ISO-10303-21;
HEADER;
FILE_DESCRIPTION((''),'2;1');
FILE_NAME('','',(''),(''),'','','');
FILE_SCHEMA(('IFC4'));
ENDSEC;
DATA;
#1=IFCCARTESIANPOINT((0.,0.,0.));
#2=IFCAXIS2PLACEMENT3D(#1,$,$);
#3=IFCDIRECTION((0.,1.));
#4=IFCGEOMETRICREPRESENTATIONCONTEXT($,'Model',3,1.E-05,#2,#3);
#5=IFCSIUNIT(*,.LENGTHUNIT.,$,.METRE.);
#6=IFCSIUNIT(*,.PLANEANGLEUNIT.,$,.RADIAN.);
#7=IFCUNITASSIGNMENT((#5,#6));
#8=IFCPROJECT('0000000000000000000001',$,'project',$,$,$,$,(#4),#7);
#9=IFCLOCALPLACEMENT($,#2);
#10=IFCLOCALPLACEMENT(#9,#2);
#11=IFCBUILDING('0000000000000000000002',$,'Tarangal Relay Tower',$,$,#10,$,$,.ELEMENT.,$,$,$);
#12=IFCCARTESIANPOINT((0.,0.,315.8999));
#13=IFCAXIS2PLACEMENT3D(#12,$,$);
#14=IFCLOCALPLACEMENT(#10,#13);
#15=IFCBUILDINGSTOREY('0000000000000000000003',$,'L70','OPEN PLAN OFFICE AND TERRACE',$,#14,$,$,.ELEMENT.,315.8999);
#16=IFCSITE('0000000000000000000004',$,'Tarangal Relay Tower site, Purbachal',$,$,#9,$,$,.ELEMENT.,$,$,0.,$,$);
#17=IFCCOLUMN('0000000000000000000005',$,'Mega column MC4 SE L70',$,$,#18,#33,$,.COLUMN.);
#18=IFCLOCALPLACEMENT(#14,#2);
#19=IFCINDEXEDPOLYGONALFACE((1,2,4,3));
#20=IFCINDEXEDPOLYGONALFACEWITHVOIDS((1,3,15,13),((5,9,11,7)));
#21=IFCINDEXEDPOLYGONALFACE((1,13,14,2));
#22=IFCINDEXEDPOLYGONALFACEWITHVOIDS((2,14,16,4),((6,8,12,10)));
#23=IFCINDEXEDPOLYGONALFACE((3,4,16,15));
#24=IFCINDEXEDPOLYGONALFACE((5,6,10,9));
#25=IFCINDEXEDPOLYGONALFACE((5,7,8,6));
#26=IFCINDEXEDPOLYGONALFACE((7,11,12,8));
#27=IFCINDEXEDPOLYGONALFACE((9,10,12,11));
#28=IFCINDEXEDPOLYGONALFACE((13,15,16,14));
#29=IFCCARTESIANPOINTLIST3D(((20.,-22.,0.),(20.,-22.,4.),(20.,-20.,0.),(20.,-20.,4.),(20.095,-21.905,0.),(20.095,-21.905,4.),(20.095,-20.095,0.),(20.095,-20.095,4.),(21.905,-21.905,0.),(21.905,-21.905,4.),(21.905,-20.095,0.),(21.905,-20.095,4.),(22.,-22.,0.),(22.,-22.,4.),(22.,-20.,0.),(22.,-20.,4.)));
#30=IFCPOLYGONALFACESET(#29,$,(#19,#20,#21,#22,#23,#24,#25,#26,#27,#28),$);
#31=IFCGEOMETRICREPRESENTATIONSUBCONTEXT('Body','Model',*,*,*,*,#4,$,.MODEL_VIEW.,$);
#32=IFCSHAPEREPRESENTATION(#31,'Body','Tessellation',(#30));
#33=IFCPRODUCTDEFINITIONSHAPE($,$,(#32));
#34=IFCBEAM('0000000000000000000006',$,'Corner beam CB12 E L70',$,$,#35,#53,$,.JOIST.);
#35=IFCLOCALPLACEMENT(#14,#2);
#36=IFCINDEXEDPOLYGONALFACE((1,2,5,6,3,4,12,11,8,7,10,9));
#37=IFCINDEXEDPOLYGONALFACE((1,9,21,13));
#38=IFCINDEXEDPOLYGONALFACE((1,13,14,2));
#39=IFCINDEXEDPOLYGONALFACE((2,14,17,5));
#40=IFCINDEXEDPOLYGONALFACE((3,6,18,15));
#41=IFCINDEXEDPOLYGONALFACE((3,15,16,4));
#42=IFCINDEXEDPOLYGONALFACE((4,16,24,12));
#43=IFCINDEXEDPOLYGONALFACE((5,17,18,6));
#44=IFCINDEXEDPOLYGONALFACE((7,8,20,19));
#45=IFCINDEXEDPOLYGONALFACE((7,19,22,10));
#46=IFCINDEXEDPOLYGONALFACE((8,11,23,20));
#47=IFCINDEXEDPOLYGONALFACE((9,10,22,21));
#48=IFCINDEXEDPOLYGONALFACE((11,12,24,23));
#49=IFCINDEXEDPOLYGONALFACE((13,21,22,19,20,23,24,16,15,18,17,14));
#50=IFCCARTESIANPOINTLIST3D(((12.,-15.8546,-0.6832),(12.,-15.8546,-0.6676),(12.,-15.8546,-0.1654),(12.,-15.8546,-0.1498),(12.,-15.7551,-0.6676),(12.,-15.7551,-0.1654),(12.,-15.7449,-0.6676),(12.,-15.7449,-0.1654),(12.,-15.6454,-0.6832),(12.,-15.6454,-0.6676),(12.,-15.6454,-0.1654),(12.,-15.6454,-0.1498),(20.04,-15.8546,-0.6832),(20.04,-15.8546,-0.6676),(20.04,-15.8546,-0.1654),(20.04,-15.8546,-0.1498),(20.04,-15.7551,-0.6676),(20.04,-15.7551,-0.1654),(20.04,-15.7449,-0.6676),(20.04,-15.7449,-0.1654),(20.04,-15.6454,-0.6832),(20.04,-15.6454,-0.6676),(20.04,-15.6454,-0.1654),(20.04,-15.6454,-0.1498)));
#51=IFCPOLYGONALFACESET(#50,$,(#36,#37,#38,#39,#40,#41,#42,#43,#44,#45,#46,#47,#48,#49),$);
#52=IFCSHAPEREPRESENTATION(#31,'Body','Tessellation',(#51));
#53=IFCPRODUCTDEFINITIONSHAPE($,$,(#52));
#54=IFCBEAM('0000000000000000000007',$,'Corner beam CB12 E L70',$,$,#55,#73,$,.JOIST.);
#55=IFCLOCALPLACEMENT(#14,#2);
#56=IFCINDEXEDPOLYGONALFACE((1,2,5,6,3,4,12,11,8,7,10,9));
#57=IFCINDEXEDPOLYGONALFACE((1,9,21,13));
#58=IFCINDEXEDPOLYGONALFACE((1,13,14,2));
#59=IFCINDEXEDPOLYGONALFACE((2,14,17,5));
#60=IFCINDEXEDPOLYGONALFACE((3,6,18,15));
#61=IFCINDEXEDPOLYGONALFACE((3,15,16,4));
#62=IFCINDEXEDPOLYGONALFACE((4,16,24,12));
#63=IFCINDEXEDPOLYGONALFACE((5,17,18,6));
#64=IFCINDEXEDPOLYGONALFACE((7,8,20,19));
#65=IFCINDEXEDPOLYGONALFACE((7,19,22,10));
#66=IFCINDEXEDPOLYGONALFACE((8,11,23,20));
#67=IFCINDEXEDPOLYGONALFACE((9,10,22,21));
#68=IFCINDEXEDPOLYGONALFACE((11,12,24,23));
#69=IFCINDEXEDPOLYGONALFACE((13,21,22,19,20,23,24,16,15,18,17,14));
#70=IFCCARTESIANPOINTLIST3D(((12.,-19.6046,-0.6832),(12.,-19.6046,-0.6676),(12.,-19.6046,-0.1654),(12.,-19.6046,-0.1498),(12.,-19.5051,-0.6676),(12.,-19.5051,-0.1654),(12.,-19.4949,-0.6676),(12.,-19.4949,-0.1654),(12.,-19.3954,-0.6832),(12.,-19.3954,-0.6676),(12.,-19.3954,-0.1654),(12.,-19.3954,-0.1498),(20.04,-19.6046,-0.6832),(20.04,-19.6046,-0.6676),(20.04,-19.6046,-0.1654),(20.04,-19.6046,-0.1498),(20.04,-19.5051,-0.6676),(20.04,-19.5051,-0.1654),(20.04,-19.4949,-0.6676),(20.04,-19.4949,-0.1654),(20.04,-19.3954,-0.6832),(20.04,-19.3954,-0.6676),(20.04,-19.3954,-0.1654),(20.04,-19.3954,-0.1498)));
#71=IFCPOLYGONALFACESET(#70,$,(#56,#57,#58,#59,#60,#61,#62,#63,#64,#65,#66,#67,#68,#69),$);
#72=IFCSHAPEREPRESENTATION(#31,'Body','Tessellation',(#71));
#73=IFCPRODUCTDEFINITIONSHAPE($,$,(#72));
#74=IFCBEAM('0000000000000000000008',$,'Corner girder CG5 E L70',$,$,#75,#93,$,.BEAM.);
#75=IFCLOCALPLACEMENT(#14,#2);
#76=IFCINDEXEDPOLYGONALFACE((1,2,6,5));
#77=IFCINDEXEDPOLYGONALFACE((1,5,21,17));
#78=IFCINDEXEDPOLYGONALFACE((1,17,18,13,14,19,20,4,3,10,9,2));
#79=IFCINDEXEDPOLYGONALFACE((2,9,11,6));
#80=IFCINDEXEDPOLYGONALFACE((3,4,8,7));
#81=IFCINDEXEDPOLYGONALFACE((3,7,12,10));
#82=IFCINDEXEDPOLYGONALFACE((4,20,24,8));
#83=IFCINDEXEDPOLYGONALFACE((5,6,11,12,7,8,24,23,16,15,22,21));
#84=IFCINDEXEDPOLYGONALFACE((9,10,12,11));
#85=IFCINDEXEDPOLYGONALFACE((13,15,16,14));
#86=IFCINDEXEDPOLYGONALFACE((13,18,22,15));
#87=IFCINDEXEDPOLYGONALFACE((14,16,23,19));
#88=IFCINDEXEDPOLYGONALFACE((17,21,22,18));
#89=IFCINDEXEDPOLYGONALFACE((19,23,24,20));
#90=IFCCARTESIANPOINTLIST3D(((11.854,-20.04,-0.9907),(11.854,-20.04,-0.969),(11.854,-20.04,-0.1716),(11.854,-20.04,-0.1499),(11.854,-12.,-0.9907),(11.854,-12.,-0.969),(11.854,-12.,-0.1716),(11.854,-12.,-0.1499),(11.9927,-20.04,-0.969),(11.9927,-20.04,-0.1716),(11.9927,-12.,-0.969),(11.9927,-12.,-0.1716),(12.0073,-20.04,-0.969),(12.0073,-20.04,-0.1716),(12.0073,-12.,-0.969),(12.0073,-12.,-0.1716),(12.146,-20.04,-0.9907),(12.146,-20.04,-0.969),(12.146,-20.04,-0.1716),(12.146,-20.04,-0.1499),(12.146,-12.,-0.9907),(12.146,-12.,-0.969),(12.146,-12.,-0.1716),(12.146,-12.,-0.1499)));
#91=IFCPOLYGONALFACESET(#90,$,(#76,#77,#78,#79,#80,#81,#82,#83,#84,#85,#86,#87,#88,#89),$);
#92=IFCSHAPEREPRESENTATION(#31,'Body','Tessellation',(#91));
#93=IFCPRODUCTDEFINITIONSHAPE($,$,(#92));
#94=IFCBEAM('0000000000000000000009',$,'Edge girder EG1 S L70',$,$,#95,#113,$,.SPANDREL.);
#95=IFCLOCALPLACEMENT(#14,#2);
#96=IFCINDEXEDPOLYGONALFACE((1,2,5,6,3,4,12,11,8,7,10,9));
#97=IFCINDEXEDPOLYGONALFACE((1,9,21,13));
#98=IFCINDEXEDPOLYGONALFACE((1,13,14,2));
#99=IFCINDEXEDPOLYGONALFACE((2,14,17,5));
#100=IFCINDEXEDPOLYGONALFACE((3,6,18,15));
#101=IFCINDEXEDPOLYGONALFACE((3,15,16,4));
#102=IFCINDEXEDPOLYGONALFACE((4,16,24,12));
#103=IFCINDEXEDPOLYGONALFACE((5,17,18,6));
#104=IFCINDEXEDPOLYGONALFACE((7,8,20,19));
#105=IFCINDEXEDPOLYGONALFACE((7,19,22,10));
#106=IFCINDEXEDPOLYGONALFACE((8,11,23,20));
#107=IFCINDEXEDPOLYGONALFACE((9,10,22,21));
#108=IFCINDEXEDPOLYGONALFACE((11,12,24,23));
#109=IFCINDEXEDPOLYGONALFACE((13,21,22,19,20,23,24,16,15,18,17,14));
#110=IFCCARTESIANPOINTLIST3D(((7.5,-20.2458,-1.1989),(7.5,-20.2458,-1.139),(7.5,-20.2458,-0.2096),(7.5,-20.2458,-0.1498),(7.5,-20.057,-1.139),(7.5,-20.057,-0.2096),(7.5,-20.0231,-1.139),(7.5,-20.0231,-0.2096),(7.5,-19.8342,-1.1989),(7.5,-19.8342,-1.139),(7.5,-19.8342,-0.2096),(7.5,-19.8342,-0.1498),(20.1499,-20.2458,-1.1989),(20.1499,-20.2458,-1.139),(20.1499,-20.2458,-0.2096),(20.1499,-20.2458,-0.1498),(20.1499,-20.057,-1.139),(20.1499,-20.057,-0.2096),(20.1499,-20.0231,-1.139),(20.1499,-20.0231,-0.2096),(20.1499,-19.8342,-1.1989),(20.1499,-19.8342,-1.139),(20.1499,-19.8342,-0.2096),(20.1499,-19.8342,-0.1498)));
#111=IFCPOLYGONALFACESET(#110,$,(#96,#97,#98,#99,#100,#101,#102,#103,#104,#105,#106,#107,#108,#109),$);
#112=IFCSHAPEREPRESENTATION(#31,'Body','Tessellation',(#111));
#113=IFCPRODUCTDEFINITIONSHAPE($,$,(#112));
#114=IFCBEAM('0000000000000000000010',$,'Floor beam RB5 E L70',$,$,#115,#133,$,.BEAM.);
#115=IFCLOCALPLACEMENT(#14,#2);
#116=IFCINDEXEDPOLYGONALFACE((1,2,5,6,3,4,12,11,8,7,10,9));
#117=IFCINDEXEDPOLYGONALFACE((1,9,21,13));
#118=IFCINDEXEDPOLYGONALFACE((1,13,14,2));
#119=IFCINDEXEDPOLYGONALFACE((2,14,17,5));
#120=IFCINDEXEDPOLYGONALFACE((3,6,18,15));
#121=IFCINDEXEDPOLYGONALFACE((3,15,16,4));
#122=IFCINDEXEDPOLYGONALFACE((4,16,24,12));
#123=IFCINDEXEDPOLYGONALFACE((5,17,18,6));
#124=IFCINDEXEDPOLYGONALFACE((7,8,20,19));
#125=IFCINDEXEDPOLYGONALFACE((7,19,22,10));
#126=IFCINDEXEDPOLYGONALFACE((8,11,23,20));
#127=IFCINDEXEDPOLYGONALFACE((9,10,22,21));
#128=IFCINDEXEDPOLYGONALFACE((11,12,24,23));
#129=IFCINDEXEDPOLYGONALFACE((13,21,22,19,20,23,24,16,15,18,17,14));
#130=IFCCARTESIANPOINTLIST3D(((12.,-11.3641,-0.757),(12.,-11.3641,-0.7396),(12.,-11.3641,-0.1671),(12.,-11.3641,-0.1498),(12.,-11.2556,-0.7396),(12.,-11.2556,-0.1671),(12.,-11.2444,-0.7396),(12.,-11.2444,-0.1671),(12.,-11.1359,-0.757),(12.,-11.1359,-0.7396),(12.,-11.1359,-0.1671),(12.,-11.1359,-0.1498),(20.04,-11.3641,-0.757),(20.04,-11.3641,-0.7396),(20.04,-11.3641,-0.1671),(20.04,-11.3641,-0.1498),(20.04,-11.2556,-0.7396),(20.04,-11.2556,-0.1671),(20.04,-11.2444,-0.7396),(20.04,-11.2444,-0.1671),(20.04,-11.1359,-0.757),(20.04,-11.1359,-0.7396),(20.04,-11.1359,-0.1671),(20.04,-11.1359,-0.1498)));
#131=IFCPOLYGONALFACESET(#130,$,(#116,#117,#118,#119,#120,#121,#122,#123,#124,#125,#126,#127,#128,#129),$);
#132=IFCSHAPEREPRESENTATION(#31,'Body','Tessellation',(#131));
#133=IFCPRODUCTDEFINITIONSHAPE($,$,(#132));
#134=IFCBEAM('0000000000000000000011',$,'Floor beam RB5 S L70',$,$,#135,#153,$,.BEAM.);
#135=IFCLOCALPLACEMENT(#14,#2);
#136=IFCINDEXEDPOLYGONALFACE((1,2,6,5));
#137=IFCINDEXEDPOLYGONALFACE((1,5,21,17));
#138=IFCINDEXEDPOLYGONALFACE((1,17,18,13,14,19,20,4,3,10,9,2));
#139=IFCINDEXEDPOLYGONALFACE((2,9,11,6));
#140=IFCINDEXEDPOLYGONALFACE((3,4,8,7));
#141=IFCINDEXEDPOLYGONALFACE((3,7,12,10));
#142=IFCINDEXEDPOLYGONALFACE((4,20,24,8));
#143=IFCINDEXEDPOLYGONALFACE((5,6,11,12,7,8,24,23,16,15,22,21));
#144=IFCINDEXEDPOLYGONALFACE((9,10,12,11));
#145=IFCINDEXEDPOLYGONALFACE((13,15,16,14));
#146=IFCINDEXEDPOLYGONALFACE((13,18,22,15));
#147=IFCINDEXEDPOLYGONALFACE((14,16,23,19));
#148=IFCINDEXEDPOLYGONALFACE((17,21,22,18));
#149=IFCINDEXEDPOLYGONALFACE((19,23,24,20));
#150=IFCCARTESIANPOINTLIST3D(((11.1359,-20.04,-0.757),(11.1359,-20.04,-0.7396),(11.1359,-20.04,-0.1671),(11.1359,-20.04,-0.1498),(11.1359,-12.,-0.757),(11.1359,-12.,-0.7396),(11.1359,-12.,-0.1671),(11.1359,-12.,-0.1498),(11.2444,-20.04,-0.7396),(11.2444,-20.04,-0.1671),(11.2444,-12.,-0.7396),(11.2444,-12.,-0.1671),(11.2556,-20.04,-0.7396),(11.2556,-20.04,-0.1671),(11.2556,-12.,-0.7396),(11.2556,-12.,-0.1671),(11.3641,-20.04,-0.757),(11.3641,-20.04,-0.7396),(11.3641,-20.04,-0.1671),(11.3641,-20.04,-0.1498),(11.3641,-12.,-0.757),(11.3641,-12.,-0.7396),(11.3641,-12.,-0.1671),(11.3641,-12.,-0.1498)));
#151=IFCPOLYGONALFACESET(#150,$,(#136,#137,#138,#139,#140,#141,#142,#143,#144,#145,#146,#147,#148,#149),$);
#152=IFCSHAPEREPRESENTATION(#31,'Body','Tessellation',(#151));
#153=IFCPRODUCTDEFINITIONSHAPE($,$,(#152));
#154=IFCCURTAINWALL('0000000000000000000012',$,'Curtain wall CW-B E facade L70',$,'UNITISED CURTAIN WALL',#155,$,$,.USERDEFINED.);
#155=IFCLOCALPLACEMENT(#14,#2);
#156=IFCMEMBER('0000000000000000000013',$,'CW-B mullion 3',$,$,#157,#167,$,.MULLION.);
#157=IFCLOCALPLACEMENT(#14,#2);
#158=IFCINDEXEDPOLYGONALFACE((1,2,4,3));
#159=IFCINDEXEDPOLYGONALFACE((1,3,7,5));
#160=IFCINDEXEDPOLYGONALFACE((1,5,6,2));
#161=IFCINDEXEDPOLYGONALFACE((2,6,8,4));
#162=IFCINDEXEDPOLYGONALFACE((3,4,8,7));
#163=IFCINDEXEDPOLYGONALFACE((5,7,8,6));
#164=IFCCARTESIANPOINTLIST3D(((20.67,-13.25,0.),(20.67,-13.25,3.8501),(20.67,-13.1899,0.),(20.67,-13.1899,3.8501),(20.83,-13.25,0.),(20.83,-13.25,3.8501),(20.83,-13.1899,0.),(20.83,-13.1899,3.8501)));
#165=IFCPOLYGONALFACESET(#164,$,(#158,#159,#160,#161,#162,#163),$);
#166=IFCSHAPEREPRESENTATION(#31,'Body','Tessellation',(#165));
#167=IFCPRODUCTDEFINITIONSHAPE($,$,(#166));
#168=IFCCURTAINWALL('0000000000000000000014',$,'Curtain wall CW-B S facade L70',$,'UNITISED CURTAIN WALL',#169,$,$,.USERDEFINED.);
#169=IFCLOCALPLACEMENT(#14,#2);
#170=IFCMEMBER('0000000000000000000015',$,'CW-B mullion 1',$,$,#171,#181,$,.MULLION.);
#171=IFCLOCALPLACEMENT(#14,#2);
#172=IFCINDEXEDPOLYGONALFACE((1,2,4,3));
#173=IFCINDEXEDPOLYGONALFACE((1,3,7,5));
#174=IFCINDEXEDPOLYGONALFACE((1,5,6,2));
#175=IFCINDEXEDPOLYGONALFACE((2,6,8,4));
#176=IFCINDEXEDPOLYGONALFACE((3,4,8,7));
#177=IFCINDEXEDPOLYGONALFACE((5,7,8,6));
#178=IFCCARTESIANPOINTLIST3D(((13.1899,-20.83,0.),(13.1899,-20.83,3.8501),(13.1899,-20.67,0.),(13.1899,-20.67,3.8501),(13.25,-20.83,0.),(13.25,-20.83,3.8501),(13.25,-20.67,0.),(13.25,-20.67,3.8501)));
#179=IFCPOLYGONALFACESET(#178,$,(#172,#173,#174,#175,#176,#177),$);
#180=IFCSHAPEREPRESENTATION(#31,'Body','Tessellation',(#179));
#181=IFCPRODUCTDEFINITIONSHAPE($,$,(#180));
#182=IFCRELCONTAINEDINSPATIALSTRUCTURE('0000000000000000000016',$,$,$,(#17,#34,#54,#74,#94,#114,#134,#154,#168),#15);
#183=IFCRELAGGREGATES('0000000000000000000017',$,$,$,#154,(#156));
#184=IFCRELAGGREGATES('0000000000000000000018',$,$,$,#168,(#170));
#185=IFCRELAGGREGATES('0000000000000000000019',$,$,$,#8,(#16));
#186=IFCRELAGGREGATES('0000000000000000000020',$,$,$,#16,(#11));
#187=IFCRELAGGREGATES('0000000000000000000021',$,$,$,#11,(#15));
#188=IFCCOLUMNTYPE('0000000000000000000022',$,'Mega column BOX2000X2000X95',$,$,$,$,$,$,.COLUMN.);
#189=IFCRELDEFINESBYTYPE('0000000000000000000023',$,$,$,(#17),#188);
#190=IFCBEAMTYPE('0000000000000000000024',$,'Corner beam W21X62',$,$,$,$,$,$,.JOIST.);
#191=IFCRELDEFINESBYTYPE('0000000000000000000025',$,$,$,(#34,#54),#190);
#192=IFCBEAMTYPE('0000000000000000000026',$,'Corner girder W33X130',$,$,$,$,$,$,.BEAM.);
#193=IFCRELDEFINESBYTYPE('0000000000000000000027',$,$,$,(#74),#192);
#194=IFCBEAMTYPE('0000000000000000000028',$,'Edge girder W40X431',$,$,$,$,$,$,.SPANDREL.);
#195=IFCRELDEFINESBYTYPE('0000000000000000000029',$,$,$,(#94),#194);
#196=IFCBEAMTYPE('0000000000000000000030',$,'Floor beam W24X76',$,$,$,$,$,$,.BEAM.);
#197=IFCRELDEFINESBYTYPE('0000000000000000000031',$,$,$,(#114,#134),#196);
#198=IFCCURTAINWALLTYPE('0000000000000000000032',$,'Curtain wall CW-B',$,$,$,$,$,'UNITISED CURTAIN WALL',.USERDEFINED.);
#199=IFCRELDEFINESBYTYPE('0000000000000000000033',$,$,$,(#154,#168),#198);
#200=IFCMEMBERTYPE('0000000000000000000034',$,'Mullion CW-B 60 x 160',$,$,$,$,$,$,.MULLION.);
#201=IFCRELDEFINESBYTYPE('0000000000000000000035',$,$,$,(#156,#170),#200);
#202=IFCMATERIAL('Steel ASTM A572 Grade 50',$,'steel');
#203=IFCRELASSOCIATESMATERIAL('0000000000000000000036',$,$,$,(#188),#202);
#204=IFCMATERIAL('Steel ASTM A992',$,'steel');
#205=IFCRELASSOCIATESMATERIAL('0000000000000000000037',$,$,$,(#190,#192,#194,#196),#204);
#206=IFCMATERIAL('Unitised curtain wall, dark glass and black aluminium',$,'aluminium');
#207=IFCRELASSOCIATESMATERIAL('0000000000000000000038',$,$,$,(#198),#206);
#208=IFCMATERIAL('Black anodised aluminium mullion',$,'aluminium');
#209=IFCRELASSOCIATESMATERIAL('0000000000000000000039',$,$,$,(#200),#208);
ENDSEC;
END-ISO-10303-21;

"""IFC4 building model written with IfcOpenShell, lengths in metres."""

from ifc_helpers import new_model, si_unit, direction, frame, origin, origin_2d, place, context, subcontext, project, spatial, rectangle, hollow_rectangle, i_section, extrude, material, material_profile, profile_set, type_object, element, aggregate, save


model = new_model("IFC4")

# Units and contexts
model_context = context("Model", 3, precision=1e-05, world=origin(), true_north=direction((0.0, 1.0)))
body_context = subcontext(model_context, "Body", "Model", "MODEL_VIEW")
ifc_project = project(units=[si_unit("LENGTHUNIT", "METRE"), si_unit("PLANEANGLEUNIT", "RADIAN")], contexts=[model_context])

# Site, building, storey
site_placement = place(None, origin())
site = spatial("IfcSite", under=ifc_project, at=site_placement, Name="Tarangal Relay Tower site, Purbachal", CompositionType="ELEMENT", RefElevation=0.0)
building_placement = place(site_placement, origin())
building = spatial("IfcBuilding", under=site, at=building_placement, Name="Tarangal Relay Tower", CompositionType="ELEMENT")
storey_placement = place(building_placement, frame((0.0, 0.0, 315.8999)))
storey = spatial("IfcBuildingStorey", under=building, at=storey_placement, Name="L70", Description="OPEN PLAN OFFICE AND TERRACE", CompositionType="ELEMENT", Elevation=315.8999)

# Column
ifc_material_1 = material(Name="Steel ASTM A572 Grade 50", Category="steel")
ifc_material_profile_1 = material_profile(ifc_material_1, hollow_rectangle(XDim=2.0, YDim=2.0, WallThickness=0.095, at=origin_2d()), Name="BOX2000X2000X95")
ifc_profile_set_1 = profile_set([ifc_material_profile_1], Name="Steel ASTM A572 Grade 50")
column_type = type_object("IfcColumnType", Name="Mega column BOX2000X2000X95", PredefinedType="COLUMN", material=ifc_profile_set_1)
column_placement = place(storey_placement, frame((21.0, -21.0, 0.0), z_axis=(0.0, 0.0, 1.0), x_axis=(1.0, 0.0, 0.0)))
element("IfcColumn", 1, at=column_placement, inside=storey, type_object=column_type, Name="Mega column MC4 SE L70", PredefinedType="COLUMN", context=body_context, shape_type="SweptSolid", body=[
    extrude(hollow_rectangle(XDim=2.0, YDim=2.0, WallThickness=0.095, at=origin_2d()), origin(), (0.0, 0.0, 1.0), 4.0),
])

# Beams
ifc_material_2 = material(Name="Steel ASTM A992", Category="steel")
ifc_material_profile_2 = material_profile(ifc_material_2, i_section(OverallWidth=0.2092, OverallDepth=0.5334, WebThickness=0.0103, FlangeThickness=0.0156, at=origin_2d()), Name="W21X62")
ifc_profile_set_2 = profile_set([ifc_material_profile_2], Name="Steel ASTM A992")
beam_type_1 = type_object("IfcBeamType", Name="Corner beam W21X62", PredefinedType="JOIST", material=ifc_profile_set_2)
for number, where, z_axis, x_axis, name in (
    (2, (12.0, -15.75, -0.4165), (1.0, 0.0, 0.0), (0.0, 1.0, 0.0), "Corner beam CB12 E L70"),
    (3, (12.0, -19.5, -0.4165), (1.0, 0.0, 0.0), (0.0, 1.0, 0.0), "Corner beam CB12 E L70"),
):
    element("IfcBeam", number, at=place(storey_placement, frame(where, z_axis=z_axis, x_axis=x_axis)), inside=storey, type_object=beam_type_1, Name=name, PredefinedType="JOIST", context=body_context, shape_type="SweptSolid", body=[
        extrude(i_section(OverallWidth=0.2092, OverallDepth=0.5334, WebThickness=0.0103, FlangeThickness=0.0156, at=origin_2d()), origin(), (0.0, 0.0, 1.0), 8.04),
    ])
ifc_material_profile_3 = material_profile(ifc_material_2, i_section(OverallWidth=0.292, OverallDepth=0.8408, WebThickness=0.0146, FlangeThickness=0.0217, at=origin_2d()), Name="W33X130")
ifc_profile_set_3 = profile_set([ifc_material_profile_3], Name="Steel ASTM A992")
beam_type_2 = type_object("IfcBeamType", Name="Corner girder W33X130", PredefinedType="BEAM", material=ifc_profile_set_3)
beam_1_placement = place(storey_placement, frame((12.0, -12.0, -0.5703), z_axis=(0.0, -1.0, 0.0), x_axis=(1.0, 0.0, 0.0)))
element("IfcBeam", 4, at=beam_1_placement, inside=storey, type_object=beam_type_2, Name="Corner girder CG5 E L70", PredefinedType="BEAM", context=body_context, shape_type="SweptSolid", body=[
    extrude(i_section(OverallWidth=0.292, OverallDepth=0.8408, WebThickness=0.0146, FlangeThickness=0.0217, at=origin_2d()), origin(), (0.0, 0.0, 1.0), 8.04),
])
ifc_material_profile_4 = material_profile(ifc_material_2, i_section(OverallWidth=0.4116, OverallDepth=1.0491, WebThickness=0.0339, FlangeThickness=0.0598, at=origin_2d()), Name="W40X431")
ifc_profile_set_4 = profile_set([ifc_material_profile_4], Name="Steel ASTM A992")
beam_type_3 = type_object("IfcBeamType", Name="Edge girder W40X431", PredefinedType="SPANDREL", material=ifc_profile_set_4)
beam_2_placement = place(storey_placement, frame((20.1499, -20.04, -0.6743), z_axis=(-1.0, 0.0, 0.0), x_axis=(0.0, -1.0, 0.0)))
element("IfcBeam", 5, at=beam_2_placement, inside=storey, type_object=beam_type_3, Name="Edge girder EG1 S L70", PredefinedType="SPANDREL", context=body_context, shape_type="SweptSolid", body=[
    extrude(i_section(OverallWidth=0.4116, OverallDepth=1.0491, WebThickness=0.0339, FlangeThickness=0.0598, at=origin_2d()), origin(), (0.0, 0.0, 1.0), 12.6499),
])
ifc_material_profile_5 = material_profile(ifc_material_2, i_section(OverallWidth=0.2283, OverallDepth=0.6072, WebThickness=0.0112, FlangeThickness=0.0173, at=origin_2d()), Name="W24X76")
ifc_profile_set_5 = profile_set([ifc_material_profile_5], Name="Steel ASTM A992")
beam_type_4 = type_object("IfcBeamType", Name="Floor beam W24X76", PredefinedType="BEAM", material=ifc_profile_set_5)
for number, where, z_axis, x_axis, name in (
    (6, (12.0, -11.25, -0.4534), (1.0, 0.0, 0.0), (0.0, 1.0, 0.0), "Floor beam RB5 E L70"),
    (7, (11.25, -12.0, -0.4534), (0.0, -1.0, 0.0), (1.0, 0.0, 0.0), "Floor beam RB5 S L70"),
):
    element("IfcBeam", number, at=place(storey_placement, frame(where, z_axis=z_axis, x_axis=x_axis)), inside=storey, type_object=beam_type_4, Name=name, PredefinedType="BEAM", context=body_context, shape_type="SweptSolid", body=[
        extrude(i_section(OverallWidth=0.2283, OverallDepth=0.6072, WebThickness=0.0112, FlangeThickness=0.0173, at=origin_2d()), origin(), (0.0, 0.0, 1.0), 8.04),
    ])

# Curtain wall, member
ifc_material_3 = material(Name="Unitised curtain wall, dark glass and black aluminium", Category="aluminium")
curtain_wall_type = type_object("IfcCurtainWallType", Name="Curtain wall CW-B", ElementType="UNITISED CURTAIN WALL", PredefinedType="USERDEFINED", material=ifc_material_3)
curtain_wall_1_placement = place(storey_placement, origin())
curtain_wall_1 = element("IfcCurtainWall", 8, at=curtain_wall_1_placement, inside=storey, type_object=curtain_wall_type, Name="Curtain wall CW-B E facade L70", ObjectType="UNITISED CURTAIN WALL", PredefinedType="USERDEFINED")
ifc_material_4 = material(Name="Black anodised aluminium mullion", Category="aluminium")
ifc_material_profile_6 = material_profile(ifc_material_4, rectangle(XDim=0.1599, YDim=0.0601, at=origin_2d()), Name="CW-BM 60X160")
ifc_profile_set_6 = profile_set([ifc_material_profile_6], Name="Black anodised aluminium mullion")
member_type_1 = type_object("IfcMemberType", Name="Mullion CW-B 60 x 160", PredefinedType="MULLION", material=ifc_profile_set_6)
member_1_placement = place(storey_placement, frame((20.75, -13.22, 0.0), z_axis=(0.0, 0.0, 1.0), x_axis=(1.0, 0.0, 0.0)))
member_1 = element("IfcMember", 9, at=member_1_placement, type_object=member_type_1, Name="CW-B mullion 3", PredefinedType="MULLION", context=body_context, shape_type="SweptSolid", body=[
    extrude(rectangle(XDim=0.1599, YDim=0.0601, at=origin_2d()), origin(), (0.0, 0.0, 1.0), 3.8501),
])

# Curtain wall, member
curtain_wall_2_placement = place(storey_placement, origin())
curtain_wall_2 = element("IfcCurtainWall", 10, at=curtain_wall_2_placement, inside=storey, type_object=curtain_wall_type, Name="Curtain wall CW-B S facade L70", ObjectType="UNITISED CURTAIN WALL", PredefinedType="USERDEFINED")
member_2_placement = place(storey_placement, frame((13.22, -20.75, 0.0), z_axis=(0.0, 0.0, 1.0), x_axis=(0.0, -1.0, 0.0)))
member_2 = element("IfcMember", 11, at=member_2_placement, type_object=member_type_1, Name="CW-B mullion 1", PredefinedType="MULLION", context=body_context, shape_type="SweptSolid", body=[
    extrude(rectangle(XDim=0.1599, YDim=0.0601, at=origin_2d()), origin(), (0.0, 0.0, 1.0), 3.8501),
])

aggregate(curtain_wall_1, [member_1])
aggregate(curtain_wall_2, [member_2])

save(model, "model.ifc")
